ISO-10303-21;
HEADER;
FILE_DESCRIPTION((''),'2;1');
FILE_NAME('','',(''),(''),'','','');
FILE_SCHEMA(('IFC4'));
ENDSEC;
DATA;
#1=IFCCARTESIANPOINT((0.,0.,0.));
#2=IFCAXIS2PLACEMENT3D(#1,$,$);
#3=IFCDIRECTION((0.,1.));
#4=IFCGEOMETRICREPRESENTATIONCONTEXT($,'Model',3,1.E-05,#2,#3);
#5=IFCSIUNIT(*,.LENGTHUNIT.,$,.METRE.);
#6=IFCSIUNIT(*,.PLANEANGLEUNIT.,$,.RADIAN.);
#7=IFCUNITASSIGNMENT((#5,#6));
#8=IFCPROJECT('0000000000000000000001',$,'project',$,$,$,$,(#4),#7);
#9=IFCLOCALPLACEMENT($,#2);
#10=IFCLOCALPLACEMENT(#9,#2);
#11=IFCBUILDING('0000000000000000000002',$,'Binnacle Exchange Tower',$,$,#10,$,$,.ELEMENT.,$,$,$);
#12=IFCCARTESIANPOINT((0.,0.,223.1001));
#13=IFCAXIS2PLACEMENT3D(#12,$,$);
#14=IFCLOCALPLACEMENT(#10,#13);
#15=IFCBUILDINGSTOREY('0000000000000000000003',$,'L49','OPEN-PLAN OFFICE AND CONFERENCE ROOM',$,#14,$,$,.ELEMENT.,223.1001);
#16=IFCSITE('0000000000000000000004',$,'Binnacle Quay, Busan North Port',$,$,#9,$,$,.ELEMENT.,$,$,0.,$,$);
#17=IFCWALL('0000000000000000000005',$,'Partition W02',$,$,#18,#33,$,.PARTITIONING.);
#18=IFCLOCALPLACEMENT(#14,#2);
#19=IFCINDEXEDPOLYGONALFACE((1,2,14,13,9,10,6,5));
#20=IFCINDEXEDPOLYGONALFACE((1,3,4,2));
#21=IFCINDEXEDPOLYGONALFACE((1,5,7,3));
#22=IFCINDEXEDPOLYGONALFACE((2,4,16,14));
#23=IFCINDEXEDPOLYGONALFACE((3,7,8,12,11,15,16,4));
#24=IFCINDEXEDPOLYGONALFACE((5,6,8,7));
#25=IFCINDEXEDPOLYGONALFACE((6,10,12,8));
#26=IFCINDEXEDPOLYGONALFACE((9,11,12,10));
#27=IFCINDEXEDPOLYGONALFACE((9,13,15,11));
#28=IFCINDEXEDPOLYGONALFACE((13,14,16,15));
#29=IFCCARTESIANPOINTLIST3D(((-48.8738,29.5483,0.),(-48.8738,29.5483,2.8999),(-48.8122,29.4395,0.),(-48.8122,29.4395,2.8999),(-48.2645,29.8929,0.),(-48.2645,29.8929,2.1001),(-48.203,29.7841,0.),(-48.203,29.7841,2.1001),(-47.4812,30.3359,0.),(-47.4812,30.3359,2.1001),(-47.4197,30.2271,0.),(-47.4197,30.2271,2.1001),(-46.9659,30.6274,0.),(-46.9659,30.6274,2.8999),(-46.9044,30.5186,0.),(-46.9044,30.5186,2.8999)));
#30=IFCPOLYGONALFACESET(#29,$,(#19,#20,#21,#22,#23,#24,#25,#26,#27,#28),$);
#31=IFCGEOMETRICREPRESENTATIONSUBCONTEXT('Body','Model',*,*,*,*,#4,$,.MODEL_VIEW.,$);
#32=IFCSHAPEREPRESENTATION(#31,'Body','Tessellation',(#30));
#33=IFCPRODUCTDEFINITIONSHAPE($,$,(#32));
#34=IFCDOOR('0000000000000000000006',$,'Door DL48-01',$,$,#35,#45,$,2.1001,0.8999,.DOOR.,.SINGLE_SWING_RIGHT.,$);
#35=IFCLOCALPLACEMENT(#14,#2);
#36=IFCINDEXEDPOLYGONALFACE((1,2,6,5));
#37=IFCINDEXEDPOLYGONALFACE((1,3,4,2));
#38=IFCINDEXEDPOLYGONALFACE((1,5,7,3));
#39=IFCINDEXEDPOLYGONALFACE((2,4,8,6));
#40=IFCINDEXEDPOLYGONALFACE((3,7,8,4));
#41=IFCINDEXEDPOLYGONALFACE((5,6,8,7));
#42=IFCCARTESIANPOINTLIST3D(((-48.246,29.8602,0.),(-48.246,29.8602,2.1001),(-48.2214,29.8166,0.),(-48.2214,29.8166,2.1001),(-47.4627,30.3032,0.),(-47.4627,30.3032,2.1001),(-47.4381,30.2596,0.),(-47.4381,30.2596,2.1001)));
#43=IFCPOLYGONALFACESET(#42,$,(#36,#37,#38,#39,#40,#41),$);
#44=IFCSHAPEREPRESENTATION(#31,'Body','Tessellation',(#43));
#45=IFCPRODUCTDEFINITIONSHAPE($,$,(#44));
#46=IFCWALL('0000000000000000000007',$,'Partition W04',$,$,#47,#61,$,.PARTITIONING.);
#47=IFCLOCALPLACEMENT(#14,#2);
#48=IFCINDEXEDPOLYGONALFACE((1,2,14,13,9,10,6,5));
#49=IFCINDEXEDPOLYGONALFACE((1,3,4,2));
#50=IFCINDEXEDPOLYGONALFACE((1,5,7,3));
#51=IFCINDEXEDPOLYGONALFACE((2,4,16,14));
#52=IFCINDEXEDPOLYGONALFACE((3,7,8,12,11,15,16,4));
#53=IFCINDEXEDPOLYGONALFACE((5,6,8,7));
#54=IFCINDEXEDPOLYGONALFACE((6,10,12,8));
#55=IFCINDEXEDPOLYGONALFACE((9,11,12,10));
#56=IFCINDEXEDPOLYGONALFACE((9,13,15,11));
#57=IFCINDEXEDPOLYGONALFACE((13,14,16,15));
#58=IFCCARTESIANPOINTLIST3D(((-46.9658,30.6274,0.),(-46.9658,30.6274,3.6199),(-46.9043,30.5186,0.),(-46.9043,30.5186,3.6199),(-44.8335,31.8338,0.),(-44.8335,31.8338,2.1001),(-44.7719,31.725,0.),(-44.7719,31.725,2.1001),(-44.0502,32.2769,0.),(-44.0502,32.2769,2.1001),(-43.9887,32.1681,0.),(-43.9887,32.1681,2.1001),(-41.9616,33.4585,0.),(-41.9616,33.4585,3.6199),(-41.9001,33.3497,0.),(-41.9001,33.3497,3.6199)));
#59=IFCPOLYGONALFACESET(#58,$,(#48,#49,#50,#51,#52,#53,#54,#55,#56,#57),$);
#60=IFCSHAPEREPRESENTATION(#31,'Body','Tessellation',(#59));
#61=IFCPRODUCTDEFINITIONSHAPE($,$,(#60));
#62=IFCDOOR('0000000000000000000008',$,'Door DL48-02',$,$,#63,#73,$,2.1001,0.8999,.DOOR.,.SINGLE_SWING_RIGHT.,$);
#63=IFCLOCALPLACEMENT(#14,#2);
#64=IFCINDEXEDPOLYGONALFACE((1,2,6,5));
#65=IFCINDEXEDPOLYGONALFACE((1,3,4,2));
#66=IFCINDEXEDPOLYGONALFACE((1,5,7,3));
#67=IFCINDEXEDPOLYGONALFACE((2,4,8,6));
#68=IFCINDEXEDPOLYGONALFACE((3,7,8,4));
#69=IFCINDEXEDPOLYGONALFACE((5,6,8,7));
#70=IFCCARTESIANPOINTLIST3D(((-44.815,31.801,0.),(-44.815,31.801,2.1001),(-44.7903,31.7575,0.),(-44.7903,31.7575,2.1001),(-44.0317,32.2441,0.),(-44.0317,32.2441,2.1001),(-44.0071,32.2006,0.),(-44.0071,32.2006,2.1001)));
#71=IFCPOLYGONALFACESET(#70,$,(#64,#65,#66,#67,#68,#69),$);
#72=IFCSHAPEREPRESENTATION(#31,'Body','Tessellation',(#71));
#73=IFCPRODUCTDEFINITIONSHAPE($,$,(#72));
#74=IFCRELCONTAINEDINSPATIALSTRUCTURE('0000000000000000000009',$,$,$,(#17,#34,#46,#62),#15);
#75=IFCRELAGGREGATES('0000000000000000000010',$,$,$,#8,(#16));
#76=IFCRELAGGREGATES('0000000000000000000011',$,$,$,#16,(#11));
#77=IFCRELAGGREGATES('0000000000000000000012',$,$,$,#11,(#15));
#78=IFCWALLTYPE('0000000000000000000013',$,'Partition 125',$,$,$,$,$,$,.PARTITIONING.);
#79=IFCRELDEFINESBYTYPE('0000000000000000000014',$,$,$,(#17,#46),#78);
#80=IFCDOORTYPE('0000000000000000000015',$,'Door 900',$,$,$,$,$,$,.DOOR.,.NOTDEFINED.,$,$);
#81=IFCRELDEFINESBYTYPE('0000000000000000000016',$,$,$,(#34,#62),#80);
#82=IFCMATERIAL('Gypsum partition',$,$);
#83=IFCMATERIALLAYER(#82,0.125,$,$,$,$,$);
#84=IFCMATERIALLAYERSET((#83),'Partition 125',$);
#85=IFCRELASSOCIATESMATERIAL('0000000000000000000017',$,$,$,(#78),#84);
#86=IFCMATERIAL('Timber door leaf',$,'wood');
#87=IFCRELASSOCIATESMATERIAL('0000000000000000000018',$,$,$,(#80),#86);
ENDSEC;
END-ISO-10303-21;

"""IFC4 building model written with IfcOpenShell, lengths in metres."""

from ifc_helpers import new_model, si_unit, direction, frame, frame_2d, origin, place, context, subcontext, project, spatial, rectangle, extrude, material, layer, layer_set, type_object, element, fill, save


model = new_model("IFC4")

# Units and contexts
model_context = context("Model", 3, precision=1e-05, world=origin(), true_north=direction((0.0, 1.0)))
body_context = subcontext(model_context, "Body", "Model", "MODEL_VIEW")
ifc_project = project(units=[si_unit("LENGTHUNIT", "METRE"), si_unit("PLANEANGLEUNIT", "RADIAN")], contexts=[model_context])

# Site, building, storey
site_placement = place(None, origin())
site = spatial("IfcSite", under=ifc_project, at=site_placement, Name="Binnacle Quay, Busan North Port", CompositionType="ELEMENT", RefElevation=0.0)
building_placement = place(site_placement, origin())
building = spatial("IfcBuilding", under=site, at=building_placement, Name="Binnacle Exchange Tower", CompositionType="ELEMENT")
storey_placement = place(building_placement, frame((0.0, 0.0, 223.1001)))
storey = spatial("IfcBuildingStorey", under=building, at=storey_placement, Name="L49", Description="OPEN-PLAN OFFICE AND CONFERENCE ROOM", CompositionType="ELEMENT", Elevation=223.1001)

# Walls, openings, doors
ifc_material_1 = material(Name="Gypsum partition")
ifc_layer_1 = layer(ifc_material_1, 0.125)
ifc_layer_set_1 = layer_set([ifc_layer_1], Name="Partition 125")
wall_type_1 = type_object("IfcWallType", Name="Partition 125", PredefinedType="PARTITIONING", material=ifc_layer_set_1)
wall_1_placement = place(storey_placement, frame((-48.843, 29.4939, 0.0), z_axis=(0.0, 0.0, 1.0), x_axis=(0.870428, 0.492296, 0.0)))
wall_1 = element("IfcWall", 1, at=wall_1_placement, inside=storey, type_object=wall_type_1, Name="Partition W02", PredefinedType="PARTITIONING", context=body_context, shape_type="SweptSolid", body=[
    extrude(rectangle(XDim=2.1919, YDim=0.125, at=frame_2d((1.0959, 0.0))), origin(), (0.0, 0.0, 1.0), 2.8999),
])
opening_1_placement = place(wall_1_placement, frame((0.7, 0.0, 0.0)))
opening_1 = element("IfcOpeningElement", 2, at=opening_1_placement, cuts=wall_1, PredefinedType="OPENING", context=body_context, shape_type="SweptSolid", body=[
    extrude(rectangle(XDim=0.8999, YDim=2.1001, at=frame_2d((0.45, 1.05))), frame((0.0, 0.0725, 0.0), z_axis=(0.0, -1.0, 0.0), x_axis=(1.0, 0.0, 0.0)), (0.0, 0.0, 1.0), 0.145),
])
ifc_material_2 = material(Name="Timber door leaf", Category="wood")
door_type = type_object("IfcDoorType", Name="Door 900", OperationType="NOTDEFINED", PredefinedType="DOOR", material=ifc_material_2)
door_1_placement = place(opening_1_placement, origin())
door_1 = element("IfcDoor", 3, at=door_1_placement, inside=storey, type_object=door_type, Name="Door DL48-01", OperationType="SINGLE_SWING_RIGHT", OverallHeight=2.1001, OverallWidth=0.8999, PredefinedType="DOOR", context=body_context, shape_type="SweptSolid", body=[
    extrude(rectangle(XDim=0.8999, YDim=2.1001, at=frame_2d((0.45, 1.05))), frame((0.0, 0.0249, 0.0), z_axis=(0.0, -1.0, 0.0), x_axis=(1.0, 0.0, 0.0)), (0.0, 0.0, 1.0), 0.05),
])
fill(opening_1, door_1)
wall_2_placement = place(storey_placement, frame((-46.9351, 30.573, 0.0), z_axis=(0.0, 0.0, 1.0), x_axis=(0.870367, 0.492403, 0.0)))
wall_2 = element("IfcWall", 4, at=wall_2_placement, inside=storey, type_object=wall_type_1, Name="Partition W04", PredefinedType="PARTITIONING", context=body_context, shape_type="SweptSolid", body=[
    extrude(rectangle(XDim=5.7495, YDim=0.125, at=frame_2d((2.8748, 0.0))), origin(), (0.0, 0.0, 1.0), 3.6199),
])
opening_2_placement = place(wall_2_placement, frame((2.45, 0.0, 0.0)))
opening_2 = element("IfcOpeningElement", 5, at=opening_2_placement, cuts=wall_2, PredefinedType="OPENING", context=body_context, shape_type="SweptSolid", body=[
    extrude(rectangle(XDim=0.8999, YDim=2.1001, at=frame_2d((0.45, 1.05))), frame((0.0, 0.0725, 0.0), z_axis=(0.0, -1.0, 0.0), x_axis=(1.0, 0.0, 0.0)), (0.0, 0.0, 1.0), 0.145),
])
door_2_placement = place(opening_2_placement, origin())
door_2 = element("IfcDoor", 6, at=door_2_placement, inside=storey, type_object=door_type, Name="Door DL48-02", OperationType="SINGLE_SWING_RIGHT", OverallHeight=2.1001, OverallWidth=0.8999, PredefinedType="DOOR", context=body_context, shape_type="SweptSolid", body=[
    extrude(rectangle(XDim=0.8999, YDim=2.1001, at=frame_2d((0.45, 1.05))), frame((0.0, 0.0249, 0.0), z_axis=(0.0, -1.0, 0.0), x_axis=(1.0, 0.0, 0.0)), (0.0, 0.0, 1.0), 0.05),
])
fill(opening_2, door_2)

save(model, "model.ifc")
